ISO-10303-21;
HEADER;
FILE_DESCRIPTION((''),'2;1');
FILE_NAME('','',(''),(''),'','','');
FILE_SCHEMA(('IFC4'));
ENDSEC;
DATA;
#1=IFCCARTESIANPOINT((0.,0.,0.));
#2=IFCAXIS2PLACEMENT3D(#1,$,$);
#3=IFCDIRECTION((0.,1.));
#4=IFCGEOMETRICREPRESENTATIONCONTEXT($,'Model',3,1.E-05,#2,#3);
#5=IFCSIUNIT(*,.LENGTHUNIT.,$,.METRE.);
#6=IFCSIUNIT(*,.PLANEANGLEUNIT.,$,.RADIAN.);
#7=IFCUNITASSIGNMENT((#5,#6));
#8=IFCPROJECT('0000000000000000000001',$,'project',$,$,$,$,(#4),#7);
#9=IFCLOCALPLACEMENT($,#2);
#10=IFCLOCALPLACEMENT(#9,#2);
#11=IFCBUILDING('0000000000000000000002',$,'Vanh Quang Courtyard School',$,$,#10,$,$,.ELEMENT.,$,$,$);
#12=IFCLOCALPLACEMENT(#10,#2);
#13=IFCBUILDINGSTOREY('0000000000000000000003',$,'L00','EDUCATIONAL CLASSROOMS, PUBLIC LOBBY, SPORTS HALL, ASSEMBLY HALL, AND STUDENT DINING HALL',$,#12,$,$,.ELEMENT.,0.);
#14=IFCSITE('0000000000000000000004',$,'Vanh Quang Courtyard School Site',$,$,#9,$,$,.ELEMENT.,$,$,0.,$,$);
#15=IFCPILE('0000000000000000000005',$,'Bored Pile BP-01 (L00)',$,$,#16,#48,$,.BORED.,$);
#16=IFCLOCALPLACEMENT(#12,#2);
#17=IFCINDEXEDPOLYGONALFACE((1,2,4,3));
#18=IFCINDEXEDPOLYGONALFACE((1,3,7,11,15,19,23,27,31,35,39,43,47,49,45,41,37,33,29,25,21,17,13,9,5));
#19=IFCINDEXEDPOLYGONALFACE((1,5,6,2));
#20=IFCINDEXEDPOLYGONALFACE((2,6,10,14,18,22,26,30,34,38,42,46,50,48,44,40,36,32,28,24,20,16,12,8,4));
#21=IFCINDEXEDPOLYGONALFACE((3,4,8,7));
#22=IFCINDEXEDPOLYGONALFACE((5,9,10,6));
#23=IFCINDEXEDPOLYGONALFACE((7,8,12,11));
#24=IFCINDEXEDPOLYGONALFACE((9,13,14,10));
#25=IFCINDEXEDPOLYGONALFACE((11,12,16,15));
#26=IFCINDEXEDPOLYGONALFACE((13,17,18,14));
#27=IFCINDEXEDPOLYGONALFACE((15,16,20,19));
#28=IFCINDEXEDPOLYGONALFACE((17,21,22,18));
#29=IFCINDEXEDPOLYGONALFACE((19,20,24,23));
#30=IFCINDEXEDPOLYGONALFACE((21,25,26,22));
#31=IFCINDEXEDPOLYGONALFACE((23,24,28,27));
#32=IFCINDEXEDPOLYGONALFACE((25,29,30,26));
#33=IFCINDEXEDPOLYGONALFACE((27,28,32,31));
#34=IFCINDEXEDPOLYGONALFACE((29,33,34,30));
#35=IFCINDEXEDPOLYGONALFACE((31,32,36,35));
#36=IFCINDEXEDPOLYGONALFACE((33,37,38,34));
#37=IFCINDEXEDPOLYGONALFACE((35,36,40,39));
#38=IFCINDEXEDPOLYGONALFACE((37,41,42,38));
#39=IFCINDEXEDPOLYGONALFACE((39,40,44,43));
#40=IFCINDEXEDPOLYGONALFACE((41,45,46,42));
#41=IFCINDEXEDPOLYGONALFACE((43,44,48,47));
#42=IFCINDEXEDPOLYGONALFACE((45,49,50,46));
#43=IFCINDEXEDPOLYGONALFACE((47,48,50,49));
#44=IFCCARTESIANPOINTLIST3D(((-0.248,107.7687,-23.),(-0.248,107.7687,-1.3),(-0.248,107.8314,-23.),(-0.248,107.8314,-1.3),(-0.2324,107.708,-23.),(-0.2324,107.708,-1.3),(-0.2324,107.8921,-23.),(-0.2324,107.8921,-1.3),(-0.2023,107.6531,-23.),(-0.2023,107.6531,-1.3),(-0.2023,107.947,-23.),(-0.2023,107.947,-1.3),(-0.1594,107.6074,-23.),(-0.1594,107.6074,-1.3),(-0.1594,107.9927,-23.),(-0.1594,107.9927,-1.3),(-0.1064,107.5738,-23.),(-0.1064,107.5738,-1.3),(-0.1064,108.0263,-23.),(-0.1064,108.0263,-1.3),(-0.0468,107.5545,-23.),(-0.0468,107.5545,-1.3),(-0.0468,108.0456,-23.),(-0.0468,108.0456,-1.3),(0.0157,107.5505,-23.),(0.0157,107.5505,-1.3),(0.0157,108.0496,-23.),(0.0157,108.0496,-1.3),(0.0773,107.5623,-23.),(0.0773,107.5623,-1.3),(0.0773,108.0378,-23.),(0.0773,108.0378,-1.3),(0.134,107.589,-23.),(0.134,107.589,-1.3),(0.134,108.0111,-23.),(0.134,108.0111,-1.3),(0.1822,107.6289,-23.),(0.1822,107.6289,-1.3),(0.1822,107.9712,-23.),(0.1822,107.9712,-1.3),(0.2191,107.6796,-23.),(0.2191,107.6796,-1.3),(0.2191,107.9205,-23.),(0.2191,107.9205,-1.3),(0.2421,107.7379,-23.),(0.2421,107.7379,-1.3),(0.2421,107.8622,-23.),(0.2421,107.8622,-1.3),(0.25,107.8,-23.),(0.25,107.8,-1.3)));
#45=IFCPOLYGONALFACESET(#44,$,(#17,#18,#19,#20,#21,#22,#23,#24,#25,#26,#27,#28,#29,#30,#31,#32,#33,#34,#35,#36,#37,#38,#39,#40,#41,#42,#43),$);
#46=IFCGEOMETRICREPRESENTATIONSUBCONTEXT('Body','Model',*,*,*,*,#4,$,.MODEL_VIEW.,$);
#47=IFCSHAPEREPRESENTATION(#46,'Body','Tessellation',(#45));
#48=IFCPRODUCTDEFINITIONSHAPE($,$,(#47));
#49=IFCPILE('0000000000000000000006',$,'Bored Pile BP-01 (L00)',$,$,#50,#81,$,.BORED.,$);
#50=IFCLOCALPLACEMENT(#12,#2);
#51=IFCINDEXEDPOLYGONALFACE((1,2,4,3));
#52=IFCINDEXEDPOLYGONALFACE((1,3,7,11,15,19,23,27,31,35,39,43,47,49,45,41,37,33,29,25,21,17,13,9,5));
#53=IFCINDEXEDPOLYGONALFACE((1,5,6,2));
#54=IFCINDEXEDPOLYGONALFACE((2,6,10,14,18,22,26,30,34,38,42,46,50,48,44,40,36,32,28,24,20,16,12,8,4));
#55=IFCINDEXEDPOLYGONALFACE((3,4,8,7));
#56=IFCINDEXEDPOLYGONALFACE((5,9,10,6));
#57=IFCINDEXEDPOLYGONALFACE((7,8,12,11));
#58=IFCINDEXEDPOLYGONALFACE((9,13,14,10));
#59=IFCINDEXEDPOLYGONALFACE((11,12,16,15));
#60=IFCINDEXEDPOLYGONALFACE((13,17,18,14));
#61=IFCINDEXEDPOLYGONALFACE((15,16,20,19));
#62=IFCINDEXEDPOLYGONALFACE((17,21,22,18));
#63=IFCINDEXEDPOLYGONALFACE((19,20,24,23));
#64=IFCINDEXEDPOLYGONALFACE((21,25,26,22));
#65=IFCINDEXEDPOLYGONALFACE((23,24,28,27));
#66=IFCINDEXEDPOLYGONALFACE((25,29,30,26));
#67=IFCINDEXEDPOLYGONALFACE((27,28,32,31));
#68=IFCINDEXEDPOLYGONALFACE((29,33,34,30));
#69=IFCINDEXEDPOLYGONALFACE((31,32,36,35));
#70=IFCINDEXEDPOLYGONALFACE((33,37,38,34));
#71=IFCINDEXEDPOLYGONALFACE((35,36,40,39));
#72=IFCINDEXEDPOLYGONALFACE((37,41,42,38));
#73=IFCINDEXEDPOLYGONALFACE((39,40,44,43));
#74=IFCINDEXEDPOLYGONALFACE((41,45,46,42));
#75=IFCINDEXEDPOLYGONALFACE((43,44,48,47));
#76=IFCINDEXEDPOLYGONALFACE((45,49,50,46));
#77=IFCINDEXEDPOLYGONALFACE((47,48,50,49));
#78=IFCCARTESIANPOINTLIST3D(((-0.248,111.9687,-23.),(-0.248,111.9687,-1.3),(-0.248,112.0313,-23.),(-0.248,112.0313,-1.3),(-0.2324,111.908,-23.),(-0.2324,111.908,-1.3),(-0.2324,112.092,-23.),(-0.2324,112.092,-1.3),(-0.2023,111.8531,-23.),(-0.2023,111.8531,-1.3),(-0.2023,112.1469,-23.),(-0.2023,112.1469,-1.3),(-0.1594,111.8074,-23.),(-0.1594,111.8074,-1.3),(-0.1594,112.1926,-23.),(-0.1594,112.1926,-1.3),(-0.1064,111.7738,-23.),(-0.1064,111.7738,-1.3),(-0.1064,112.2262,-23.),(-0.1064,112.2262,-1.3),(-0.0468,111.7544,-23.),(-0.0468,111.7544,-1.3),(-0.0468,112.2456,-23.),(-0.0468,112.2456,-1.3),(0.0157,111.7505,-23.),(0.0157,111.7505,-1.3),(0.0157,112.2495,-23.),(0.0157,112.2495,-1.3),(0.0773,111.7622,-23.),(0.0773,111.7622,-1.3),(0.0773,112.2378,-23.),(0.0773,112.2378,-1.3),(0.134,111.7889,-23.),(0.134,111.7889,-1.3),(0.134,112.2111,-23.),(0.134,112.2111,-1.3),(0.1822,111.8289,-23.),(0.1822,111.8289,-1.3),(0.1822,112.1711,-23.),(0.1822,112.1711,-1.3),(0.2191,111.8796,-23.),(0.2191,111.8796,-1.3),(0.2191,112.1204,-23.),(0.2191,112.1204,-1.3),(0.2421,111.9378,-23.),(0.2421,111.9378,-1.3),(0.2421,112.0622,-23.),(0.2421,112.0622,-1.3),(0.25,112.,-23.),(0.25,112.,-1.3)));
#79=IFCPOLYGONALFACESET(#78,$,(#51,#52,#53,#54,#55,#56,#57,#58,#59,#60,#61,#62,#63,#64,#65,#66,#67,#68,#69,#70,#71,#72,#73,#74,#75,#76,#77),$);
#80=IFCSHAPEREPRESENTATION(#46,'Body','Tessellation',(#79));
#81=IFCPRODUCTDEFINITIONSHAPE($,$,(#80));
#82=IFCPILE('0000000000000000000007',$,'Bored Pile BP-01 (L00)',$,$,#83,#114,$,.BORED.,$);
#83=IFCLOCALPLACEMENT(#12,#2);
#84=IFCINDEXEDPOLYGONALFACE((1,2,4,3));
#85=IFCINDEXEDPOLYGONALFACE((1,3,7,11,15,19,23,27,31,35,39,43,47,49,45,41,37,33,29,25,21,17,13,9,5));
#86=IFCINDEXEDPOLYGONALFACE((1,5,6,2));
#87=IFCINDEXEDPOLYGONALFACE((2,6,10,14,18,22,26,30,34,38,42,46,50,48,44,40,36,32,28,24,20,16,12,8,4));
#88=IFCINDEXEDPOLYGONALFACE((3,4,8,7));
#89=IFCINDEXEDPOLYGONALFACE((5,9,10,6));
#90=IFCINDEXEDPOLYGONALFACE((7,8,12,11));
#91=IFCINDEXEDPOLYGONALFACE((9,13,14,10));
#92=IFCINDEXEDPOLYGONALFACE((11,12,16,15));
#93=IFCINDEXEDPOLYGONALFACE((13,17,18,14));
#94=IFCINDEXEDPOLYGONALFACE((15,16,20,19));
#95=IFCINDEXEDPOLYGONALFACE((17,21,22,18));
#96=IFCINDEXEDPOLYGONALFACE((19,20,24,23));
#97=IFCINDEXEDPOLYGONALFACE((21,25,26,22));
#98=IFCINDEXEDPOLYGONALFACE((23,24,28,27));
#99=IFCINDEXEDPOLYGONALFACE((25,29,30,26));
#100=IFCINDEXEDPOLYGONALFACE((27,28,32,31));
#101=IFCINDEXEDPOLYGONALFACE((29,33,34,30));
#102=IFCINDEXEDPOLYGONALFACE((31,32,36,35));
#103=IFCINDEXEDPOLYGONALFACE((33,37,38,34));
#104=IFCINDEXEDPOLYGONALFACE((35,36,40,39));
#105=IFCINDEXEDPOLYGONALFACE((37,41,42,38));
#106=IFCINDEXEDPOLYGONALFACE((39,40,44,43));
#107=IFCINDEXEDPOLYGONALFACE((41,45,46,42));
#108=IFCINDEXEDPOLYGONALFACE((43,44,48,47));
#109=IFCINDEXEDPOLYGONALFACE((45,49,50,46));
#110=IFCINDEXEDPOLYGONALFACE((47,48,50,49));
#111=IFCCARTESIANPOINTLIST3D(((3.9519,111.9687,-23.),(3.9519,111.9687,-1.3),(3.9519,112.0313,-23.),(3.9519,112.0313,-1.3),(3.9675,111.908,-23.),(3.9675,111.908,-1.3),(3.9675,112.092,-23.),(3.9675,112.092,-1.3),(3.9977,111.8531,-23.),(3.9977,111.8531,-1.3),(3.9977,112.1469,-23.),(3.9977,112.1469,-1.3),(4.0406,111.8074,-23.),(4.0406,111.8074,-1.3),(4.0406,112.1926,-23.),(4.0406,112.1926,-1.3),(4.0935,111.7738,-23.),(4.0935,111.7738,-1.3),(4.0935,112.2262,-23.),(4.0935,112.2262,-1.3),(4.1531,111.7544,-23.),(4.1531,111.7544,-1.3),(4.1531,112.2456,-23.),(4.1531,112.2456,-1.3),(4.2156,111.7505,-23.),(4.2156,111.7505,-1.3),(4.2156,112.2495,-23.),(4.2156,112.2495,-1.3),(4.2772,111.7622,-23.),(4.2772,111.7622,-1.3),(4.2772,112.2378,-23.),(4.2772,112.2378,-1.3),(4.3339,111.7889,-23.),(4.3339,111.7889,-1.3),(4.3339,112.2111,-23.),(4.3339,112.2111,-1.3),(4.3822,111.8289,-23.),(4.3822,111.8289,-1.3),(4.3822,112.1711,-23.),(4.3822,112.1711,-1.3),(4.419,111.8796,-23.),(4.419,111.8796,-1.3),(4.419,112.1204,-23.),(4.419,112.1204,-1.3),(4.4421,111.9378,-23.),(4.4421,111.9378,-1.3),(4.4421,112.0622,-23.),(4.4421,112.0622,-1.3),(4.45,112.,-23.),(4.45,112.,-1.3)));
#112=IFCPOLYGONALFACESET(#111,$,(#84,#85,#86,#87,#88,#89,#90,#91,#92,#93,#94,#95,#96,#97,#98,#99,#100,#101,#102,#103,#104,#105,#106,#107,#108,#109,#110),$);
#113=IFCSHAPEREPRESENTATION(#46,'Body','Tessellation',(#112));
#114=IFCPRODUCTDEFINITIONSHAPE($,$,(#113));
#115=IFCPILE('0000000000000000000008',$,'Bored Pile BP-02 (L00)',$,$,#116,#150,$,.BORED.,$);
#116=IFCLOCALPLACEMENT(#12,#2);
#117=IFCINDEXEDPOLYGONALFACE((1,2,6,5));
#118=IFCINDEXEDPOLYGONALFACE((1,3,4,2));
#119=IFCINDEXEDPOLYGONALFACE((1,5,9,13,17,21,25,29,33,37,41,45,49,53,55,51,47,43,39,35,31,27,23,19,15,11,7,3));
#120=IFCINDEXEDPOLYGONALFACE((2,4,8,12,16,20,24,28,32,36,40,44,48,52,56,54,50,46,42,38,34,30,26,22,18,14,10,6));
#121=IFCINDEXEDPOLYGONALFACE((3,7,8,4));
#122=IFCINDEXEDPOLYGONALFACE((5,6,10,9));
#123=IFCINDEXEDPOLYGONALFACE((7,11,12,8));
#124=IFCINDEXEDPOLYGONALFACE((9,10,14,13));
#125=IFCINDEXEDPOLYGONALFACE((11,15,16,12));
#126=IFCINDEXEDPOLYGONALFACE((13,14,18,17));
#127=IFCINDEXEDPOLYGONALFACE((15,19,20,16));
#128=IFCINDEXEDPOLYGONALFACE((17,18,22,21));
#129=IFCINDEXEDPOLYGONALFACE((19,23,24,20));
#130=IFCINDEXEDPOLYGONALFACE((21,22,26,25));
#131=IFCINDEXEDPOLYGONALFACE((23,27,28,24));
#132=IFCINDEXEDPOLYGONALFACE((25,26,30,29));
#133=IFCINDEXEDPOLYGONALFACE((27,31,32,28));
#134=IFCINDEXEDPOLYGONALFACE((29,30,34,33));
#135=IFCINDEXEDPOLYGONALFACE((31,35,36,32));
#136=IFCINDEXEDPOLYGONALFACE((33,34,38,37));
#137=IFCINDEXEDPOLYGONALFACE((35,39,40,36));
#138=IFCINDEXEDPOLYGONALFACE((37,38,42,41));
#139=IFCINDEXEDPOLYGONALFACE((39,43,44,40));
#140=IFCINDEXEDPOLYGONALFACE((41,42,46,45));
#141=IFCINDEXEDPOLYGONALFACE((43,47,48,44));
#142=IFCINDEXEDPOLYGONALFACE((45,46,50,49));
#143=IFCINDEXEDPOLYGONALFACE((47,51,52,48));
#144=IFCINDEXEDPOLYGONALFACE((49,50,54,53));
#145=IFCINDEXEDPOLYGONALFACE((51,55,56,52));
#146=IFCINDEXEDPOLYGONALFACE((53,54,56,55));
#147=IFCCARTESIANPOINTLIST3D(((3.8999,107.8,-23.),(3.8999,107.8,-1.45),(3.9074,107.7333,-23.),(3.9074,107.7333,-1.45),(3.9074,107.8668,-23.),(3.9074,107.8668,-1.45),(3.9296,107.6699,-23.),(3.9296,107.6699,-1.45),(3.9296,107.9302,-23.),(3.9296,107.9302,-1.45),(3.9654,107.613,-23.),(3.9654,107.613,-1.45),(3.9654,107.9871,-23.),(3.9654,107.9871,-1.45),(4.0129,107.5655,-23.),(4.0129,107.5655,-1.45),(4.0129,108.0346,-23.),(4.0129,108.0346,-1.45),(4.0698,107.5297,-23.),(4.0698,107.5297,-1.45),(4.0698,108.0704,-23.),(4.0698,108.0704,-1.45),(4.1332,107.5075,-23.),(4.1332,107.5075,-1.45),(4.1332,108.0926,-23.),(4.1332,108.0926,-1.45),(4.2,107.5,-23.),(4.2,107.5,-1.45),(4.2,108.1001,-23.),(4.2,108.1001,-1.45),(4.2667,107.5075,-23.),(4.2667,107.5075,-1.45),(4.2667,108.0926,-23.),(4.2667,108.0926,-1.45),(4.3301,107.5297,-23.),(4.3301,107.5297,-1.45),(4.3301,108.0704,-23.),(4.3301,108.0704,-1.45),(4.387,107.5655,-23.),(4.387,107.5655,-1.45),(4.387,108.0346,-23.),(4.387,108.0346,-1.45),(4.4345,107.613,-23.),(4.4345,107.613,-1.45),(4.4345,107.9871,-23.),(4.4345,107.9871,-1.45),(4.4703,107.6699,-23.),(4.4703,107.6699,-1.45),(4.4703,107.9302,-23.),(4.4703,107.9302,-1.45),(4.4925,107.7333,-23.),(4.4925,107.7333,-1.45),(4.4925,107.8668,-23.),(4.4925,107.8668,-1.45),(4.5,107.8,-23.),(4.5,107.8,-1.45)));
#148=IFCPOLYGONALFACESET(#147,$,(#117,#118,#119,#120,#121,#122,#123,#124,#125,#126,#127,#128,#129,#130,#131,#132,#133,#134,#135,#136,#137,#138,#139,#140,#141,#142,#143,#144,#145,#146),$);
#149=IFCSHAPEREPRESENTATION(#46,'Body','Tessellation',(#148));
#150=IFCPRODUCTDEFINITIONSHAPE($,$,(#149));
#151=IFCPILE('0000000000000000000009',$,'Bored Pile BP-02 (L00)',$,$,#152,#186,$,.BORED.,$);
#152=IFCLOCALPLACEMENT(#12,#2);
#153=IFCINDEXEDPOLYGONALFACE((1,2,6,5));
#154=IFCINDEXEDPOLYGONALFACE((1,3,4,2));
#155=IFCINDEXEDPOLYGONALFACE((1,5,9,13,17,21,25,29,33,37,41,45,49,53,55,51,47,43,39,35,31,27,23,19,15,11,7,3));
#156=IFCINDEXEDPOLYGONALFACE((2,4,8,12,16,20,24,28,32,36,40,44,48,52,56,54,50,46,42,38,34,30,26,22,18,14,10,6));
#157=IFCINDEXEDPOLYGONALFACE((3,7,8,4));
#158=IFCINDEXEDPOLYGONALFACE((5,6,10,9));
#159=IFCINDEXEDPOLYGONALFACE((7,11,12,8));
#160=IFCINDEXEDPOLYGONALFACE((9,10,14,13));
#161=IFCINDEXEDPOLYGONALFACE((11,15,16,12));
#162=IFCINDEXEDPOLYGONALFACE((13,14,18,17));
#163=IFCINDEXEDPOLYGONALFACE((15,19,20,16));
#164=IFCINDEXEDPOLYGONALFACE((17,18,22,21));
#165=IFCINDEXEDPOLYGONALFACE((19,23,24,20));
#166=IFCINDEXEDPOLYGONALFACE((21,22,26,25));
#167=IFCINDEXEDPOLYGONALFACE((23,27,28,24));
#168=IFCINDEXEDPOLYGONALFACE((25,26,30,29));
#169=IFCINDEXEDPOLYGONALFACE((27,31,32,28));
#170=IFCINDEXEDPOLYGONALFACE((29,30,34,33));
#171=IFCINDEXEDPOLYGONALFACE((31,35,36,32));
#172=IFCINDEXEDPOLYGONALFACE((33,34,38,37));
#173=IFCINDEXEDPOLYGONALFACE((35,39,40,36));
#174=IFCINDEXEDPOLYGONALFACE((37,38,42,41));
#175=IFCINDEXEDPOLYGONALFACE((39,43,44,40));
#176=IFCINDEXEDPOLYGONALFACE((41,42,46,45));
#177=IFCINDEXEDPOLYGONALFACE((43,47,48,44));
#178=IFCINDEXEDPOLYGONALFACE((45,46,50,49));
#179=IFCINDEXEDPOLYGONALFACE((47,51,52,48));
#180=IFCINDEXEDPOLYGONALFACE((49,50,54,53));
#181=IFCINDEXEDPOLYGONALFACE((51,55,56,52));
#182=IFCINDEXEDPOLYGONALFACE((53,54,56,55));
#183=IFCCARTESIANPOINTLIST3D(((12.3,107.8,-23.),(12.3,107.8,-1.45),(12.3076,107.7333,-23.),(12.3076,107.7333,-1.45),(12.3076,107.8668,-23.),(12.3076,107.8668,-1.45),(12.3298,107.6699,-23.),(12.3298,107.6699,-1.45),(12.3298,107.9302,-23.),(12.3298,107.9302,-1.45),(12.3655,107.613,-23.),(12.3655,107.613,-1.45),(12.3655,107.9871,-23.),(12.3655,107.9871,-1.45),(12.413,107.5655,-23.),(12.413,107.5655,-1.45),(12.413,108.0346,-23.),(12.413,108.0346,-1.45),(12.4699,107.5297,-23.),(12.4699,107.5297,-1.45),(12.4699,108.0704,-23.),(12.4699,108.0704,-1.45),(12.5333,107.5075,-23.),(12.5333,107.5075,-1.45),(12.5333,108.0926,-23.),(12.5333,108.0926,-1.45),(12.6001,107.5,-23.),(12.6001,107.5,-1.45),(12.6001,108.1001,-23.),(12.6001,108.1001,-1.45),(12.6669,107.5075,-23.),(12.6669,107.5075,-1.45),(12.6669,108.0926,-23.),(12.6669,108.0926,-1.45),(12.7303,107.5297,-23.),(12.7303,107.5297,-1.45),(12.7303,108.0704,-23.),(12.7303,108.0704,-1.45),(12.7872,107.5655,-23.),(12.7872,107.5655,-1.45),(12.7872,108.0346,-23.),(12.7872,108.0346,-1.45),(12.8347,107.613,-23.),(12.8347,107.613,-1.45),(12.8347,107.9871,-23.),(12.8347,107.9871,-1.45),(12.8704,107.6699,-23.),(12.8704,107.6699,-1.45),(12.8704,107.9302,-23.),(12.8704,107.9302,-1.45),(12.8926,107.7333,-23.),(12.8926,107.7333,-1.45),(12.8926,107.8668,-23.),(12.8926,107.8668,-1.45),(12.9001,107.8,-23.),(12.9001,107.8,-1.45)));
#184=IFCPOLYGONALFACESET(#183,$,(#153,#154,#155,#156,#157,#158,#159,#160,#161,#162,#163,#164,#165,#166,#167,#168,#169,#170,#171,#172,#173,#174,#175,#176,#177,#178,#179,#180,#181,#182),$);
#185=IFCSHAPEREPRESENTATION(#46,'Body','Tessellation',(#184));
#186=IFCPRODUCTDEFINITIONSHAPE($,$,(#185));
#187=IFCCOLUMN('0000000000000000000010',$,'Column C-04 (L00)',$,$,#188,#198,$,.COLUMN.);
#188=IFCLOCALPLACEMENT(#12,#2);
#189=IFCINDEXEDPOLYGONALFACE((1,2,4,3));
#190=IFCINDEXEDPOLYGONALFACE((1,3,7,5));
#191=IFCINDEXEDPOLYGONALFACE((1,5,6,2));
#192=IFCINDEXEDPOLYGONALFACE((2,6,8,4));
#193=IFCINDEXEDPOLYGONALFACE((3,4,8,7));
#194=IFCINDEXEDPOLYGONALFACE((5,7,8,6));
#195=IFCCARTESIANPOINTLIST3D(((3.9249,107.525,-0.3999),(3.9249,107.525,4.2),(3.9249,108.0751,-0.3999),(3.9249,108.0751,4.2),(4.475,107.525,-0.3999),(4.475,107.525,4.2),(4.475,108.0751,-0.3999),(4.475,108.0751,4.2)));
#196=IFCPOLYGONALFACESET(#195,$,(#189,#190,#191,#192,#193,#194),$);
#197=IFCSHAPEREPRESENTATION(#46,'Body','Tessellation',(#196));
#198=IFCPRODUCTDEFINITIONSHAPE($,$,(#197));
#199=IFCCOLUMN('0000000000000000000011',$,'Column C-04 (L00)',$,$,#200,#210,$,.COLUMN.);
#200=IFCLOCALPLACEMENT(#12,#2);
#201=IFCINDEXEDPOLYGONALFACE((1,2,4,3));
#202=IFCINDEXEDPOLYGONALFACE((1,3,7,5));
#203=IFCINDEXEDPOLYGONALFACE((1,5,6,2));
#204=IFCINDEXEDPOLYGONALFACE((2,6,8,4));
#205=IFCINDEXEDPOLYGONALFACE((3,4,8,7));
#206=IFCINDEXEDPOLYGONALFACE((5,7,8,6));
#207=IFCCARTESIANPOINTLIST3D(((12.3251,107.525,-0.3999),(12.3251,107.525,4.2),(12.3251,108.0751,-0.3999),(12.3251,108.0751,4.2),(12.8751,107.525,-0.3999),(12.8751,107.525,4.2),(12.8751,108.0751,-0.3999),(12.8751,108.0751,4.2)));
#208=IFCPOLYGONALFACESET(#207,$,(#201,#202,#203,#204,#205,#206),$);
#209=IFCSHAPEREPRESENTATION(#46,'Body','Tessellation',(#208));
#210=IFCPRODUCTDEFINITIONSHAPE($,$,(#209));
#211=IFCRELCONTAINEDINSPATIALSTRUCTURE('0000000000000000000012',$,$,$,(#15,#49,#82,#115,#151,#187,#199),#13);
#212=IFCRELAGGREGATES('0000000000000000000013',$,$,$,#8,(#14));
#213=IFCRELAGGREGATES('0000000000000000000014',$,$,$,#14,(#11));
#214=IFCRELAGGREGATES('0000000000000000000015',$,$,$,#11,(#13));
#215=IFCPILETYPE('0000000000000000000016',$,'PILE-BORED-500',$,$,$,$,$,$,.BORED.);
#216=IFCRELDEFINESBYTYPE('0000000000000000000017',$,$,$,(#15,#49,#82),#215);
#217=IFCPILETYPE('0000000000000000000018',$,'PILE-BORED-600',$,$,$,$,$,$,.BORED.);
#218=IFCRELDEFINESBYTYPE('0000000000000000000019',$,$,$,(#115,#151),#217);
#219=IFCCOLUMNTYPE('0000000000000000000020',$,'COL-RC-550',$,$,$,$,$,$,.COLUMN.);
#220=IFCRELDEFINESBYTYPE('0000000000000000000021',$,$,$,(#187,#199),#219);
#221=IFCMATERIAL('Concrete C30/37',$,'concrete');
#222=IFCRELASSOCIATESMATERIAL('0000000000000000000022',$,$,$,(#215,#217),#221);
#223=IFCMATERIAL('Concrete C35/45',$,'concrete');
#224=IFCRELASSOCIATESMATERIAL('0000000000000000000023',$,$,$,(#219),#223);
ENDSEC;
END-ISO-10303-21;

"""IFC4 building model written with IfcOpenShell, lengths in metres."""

from ifc_helpers import new_model, si_unit, direction, frame, origin, origin_2d, place, context, subcontext, project, spatial, rectangle, circle, extrude, material, material_profile, profile_set, type_object, element, save


model = new_model("IFC4")

# Units and contexts
model_context = context("Model", 3, precision=1e-05, world=origin(), true_north=direction((0.0, 1.0)))
body_context = subcontext(model_context, "Body", "Model", "MODEL_VIEW")
ifc_project = project(units=[si_unit("LENGTHUNIT", "METRE"), si_unit("PLANEANGLEUNIT", "RADIAN")], contexts=[model_context])

# Site, building, storey
site_placement = place(None, origin())
site = spatial("IfcSite", under=ifc_project, at=site_placement, Name="Vanh Quang Courtyard School Site", CompositionType="ELEMENT", RefElevation=0.0)
building_placement = place(site_placement, origin())
building = spatial("IfcBuilding", under=site, at=building_placement, Name="Vanh Quang Courtyard School", CompositionType="ELEMENT")
storey_placement = place(building_placement, origin())
storey = spatial("IfcBuildingStorey", under=building, at=storey_placement, Name="L00", Description="EDUCATIONAL CLASSROOMS, PUBLIC LOBBY, SPORTS HALL, ASSEMBLY HALL, AND STUDENT DINING HALL", CompositionType="ELEMENT", Elevation=0.0)

# Shared definitions
ifc_material_1 = material(Name="Concrete C35/45", Category="concrete")

# Piles
ifc_material_2 = material(Name="Concrete C30/37", Category="concrete")
ifc_material_profile_1 = material_profile(ifc_material_2, circle(Radius=0.25, at=origin_2d()), Name="PILE D500")
ifc_profile_set_1 = profile_set([ifc_material_profile_1], Name="Concrete C30/37")
pile_type_1 = type_object("IfcPileType", Name="PILE-BORED-500", PredefinedType="BORED", material=ifc_profile_set_1)
for number, where, z_axis, x_axis, name in (
    (1, (0.0, 107.8, -1.3), (0.0, 0.0, -1.0), (1.0, 0.0, 0.0), "Bored Pile BP-01 (L00)"),
    (2, (0.0, 112.0, -1.3), (0.0, 0.0, -1.0), (1.0, 0.0, 0.0), "Bored Pile BP-01 (L00)"),
    (3, (4.2, 112.0, -1.3), (0.0, 0.0, -1.0), (1.0, 0.0, 0.0), "Bored Pile BP-01 (L00)"),
):
    element("IfcPile", number, at=place(storey_placement, frame(where, z_axis=z_axis, x_axis=x_axis)), inside=storey, type_object=pile_type_1, Name=name, PredefinedType="BORED", context=body_context, shape_type="SweptSolid", body=[
        extrude(circle(Radius=0.25, at=origin_2d()), origin(), (0.0, 0.0, 1.0), 21.7),
    ])
ifc_material_profile_2 = material_profile(ifc_material_2, circle(Radius=0.3, at=origin_2d()), Name="PILE D600")
ifc_profile_set_2 = profile_set([ifc_material_profile_2], Name="Concrete C30/37")
pile_type_2 = type_object("IfcPileType", Name="PILE-BORED-600", PredefinedType="BORED", material=ifc_profile_set_2)
for number, where, z_axis, x_axis, name in (
    (4, (4.2, 107.8, -1.45), (0.0, 0.0, -1.0), (1.0, 0.0, 0.0), "Bored Pile BP-02 (L00)"),
    (5, (12.6001, 107.8, -1.45), (0.0, 0.0, -1.0), (1.0, 0.0, 0.0), "Bored Pile BP-02 (L00)"),
):
    element("IfcPile", number, at=place(storey_placement, frame(where, z_axis=z_axis, x_axis=x_axis)), inside=storey, type_object=pile_type_2, Name=name, PredefinedType="BORED", context=body_context, shape_type="SweptSolid", body=[
        extrude(circle(Radius=0.3, at=origin_2d()), origin(), (0.0, 0.0, 1.0), 21.55),
    ])

# Columns
ifc_material_profile_3 = material_profile(ifc_material_1, rectangle(XDim=0.55, YDim=0.55, at=origin_2d()), Name="RC-COL 550x550")
ifc_profile_set_3 = profile_set([ifc_material_profile_3], Name="Concrete C35/45")
column_type_1 = type_object("IfcColumnType", Name="COL-RC-550", PredefinedType="COLUMN", material=ifc_profile_set_3)
for number, where, z_axis, x_axis, name in (
    (6, (4.2, 107.8, -0.3999), (0.0, 0.0, 1.0), (1.0, 0.0, 0.0), "Column C-04 (L00)"),
    (7, (12.6001, 107.8, -0.3999), (0.0, 0.0, 1.0), (1.0, 0.0, 0.0), "Column C-04 (L00)"),
):
    element("IfcColumn", number, at=place(storey_placement, frame(where, z_axis=z_axis, x_axis=x_axis)), inside=storey, type_object=column_type_1, Name=name, PredefinedType="COLUMN", context=body_context, shape_type="SweptSolid", body=[
        extrude(rectangle(XDim=0.55, YDim=0.55, at=origin_2d()), origin(), (0.0, 0.0, 1.0), 4.5999),
    ])

save(model, "model.ifc")
